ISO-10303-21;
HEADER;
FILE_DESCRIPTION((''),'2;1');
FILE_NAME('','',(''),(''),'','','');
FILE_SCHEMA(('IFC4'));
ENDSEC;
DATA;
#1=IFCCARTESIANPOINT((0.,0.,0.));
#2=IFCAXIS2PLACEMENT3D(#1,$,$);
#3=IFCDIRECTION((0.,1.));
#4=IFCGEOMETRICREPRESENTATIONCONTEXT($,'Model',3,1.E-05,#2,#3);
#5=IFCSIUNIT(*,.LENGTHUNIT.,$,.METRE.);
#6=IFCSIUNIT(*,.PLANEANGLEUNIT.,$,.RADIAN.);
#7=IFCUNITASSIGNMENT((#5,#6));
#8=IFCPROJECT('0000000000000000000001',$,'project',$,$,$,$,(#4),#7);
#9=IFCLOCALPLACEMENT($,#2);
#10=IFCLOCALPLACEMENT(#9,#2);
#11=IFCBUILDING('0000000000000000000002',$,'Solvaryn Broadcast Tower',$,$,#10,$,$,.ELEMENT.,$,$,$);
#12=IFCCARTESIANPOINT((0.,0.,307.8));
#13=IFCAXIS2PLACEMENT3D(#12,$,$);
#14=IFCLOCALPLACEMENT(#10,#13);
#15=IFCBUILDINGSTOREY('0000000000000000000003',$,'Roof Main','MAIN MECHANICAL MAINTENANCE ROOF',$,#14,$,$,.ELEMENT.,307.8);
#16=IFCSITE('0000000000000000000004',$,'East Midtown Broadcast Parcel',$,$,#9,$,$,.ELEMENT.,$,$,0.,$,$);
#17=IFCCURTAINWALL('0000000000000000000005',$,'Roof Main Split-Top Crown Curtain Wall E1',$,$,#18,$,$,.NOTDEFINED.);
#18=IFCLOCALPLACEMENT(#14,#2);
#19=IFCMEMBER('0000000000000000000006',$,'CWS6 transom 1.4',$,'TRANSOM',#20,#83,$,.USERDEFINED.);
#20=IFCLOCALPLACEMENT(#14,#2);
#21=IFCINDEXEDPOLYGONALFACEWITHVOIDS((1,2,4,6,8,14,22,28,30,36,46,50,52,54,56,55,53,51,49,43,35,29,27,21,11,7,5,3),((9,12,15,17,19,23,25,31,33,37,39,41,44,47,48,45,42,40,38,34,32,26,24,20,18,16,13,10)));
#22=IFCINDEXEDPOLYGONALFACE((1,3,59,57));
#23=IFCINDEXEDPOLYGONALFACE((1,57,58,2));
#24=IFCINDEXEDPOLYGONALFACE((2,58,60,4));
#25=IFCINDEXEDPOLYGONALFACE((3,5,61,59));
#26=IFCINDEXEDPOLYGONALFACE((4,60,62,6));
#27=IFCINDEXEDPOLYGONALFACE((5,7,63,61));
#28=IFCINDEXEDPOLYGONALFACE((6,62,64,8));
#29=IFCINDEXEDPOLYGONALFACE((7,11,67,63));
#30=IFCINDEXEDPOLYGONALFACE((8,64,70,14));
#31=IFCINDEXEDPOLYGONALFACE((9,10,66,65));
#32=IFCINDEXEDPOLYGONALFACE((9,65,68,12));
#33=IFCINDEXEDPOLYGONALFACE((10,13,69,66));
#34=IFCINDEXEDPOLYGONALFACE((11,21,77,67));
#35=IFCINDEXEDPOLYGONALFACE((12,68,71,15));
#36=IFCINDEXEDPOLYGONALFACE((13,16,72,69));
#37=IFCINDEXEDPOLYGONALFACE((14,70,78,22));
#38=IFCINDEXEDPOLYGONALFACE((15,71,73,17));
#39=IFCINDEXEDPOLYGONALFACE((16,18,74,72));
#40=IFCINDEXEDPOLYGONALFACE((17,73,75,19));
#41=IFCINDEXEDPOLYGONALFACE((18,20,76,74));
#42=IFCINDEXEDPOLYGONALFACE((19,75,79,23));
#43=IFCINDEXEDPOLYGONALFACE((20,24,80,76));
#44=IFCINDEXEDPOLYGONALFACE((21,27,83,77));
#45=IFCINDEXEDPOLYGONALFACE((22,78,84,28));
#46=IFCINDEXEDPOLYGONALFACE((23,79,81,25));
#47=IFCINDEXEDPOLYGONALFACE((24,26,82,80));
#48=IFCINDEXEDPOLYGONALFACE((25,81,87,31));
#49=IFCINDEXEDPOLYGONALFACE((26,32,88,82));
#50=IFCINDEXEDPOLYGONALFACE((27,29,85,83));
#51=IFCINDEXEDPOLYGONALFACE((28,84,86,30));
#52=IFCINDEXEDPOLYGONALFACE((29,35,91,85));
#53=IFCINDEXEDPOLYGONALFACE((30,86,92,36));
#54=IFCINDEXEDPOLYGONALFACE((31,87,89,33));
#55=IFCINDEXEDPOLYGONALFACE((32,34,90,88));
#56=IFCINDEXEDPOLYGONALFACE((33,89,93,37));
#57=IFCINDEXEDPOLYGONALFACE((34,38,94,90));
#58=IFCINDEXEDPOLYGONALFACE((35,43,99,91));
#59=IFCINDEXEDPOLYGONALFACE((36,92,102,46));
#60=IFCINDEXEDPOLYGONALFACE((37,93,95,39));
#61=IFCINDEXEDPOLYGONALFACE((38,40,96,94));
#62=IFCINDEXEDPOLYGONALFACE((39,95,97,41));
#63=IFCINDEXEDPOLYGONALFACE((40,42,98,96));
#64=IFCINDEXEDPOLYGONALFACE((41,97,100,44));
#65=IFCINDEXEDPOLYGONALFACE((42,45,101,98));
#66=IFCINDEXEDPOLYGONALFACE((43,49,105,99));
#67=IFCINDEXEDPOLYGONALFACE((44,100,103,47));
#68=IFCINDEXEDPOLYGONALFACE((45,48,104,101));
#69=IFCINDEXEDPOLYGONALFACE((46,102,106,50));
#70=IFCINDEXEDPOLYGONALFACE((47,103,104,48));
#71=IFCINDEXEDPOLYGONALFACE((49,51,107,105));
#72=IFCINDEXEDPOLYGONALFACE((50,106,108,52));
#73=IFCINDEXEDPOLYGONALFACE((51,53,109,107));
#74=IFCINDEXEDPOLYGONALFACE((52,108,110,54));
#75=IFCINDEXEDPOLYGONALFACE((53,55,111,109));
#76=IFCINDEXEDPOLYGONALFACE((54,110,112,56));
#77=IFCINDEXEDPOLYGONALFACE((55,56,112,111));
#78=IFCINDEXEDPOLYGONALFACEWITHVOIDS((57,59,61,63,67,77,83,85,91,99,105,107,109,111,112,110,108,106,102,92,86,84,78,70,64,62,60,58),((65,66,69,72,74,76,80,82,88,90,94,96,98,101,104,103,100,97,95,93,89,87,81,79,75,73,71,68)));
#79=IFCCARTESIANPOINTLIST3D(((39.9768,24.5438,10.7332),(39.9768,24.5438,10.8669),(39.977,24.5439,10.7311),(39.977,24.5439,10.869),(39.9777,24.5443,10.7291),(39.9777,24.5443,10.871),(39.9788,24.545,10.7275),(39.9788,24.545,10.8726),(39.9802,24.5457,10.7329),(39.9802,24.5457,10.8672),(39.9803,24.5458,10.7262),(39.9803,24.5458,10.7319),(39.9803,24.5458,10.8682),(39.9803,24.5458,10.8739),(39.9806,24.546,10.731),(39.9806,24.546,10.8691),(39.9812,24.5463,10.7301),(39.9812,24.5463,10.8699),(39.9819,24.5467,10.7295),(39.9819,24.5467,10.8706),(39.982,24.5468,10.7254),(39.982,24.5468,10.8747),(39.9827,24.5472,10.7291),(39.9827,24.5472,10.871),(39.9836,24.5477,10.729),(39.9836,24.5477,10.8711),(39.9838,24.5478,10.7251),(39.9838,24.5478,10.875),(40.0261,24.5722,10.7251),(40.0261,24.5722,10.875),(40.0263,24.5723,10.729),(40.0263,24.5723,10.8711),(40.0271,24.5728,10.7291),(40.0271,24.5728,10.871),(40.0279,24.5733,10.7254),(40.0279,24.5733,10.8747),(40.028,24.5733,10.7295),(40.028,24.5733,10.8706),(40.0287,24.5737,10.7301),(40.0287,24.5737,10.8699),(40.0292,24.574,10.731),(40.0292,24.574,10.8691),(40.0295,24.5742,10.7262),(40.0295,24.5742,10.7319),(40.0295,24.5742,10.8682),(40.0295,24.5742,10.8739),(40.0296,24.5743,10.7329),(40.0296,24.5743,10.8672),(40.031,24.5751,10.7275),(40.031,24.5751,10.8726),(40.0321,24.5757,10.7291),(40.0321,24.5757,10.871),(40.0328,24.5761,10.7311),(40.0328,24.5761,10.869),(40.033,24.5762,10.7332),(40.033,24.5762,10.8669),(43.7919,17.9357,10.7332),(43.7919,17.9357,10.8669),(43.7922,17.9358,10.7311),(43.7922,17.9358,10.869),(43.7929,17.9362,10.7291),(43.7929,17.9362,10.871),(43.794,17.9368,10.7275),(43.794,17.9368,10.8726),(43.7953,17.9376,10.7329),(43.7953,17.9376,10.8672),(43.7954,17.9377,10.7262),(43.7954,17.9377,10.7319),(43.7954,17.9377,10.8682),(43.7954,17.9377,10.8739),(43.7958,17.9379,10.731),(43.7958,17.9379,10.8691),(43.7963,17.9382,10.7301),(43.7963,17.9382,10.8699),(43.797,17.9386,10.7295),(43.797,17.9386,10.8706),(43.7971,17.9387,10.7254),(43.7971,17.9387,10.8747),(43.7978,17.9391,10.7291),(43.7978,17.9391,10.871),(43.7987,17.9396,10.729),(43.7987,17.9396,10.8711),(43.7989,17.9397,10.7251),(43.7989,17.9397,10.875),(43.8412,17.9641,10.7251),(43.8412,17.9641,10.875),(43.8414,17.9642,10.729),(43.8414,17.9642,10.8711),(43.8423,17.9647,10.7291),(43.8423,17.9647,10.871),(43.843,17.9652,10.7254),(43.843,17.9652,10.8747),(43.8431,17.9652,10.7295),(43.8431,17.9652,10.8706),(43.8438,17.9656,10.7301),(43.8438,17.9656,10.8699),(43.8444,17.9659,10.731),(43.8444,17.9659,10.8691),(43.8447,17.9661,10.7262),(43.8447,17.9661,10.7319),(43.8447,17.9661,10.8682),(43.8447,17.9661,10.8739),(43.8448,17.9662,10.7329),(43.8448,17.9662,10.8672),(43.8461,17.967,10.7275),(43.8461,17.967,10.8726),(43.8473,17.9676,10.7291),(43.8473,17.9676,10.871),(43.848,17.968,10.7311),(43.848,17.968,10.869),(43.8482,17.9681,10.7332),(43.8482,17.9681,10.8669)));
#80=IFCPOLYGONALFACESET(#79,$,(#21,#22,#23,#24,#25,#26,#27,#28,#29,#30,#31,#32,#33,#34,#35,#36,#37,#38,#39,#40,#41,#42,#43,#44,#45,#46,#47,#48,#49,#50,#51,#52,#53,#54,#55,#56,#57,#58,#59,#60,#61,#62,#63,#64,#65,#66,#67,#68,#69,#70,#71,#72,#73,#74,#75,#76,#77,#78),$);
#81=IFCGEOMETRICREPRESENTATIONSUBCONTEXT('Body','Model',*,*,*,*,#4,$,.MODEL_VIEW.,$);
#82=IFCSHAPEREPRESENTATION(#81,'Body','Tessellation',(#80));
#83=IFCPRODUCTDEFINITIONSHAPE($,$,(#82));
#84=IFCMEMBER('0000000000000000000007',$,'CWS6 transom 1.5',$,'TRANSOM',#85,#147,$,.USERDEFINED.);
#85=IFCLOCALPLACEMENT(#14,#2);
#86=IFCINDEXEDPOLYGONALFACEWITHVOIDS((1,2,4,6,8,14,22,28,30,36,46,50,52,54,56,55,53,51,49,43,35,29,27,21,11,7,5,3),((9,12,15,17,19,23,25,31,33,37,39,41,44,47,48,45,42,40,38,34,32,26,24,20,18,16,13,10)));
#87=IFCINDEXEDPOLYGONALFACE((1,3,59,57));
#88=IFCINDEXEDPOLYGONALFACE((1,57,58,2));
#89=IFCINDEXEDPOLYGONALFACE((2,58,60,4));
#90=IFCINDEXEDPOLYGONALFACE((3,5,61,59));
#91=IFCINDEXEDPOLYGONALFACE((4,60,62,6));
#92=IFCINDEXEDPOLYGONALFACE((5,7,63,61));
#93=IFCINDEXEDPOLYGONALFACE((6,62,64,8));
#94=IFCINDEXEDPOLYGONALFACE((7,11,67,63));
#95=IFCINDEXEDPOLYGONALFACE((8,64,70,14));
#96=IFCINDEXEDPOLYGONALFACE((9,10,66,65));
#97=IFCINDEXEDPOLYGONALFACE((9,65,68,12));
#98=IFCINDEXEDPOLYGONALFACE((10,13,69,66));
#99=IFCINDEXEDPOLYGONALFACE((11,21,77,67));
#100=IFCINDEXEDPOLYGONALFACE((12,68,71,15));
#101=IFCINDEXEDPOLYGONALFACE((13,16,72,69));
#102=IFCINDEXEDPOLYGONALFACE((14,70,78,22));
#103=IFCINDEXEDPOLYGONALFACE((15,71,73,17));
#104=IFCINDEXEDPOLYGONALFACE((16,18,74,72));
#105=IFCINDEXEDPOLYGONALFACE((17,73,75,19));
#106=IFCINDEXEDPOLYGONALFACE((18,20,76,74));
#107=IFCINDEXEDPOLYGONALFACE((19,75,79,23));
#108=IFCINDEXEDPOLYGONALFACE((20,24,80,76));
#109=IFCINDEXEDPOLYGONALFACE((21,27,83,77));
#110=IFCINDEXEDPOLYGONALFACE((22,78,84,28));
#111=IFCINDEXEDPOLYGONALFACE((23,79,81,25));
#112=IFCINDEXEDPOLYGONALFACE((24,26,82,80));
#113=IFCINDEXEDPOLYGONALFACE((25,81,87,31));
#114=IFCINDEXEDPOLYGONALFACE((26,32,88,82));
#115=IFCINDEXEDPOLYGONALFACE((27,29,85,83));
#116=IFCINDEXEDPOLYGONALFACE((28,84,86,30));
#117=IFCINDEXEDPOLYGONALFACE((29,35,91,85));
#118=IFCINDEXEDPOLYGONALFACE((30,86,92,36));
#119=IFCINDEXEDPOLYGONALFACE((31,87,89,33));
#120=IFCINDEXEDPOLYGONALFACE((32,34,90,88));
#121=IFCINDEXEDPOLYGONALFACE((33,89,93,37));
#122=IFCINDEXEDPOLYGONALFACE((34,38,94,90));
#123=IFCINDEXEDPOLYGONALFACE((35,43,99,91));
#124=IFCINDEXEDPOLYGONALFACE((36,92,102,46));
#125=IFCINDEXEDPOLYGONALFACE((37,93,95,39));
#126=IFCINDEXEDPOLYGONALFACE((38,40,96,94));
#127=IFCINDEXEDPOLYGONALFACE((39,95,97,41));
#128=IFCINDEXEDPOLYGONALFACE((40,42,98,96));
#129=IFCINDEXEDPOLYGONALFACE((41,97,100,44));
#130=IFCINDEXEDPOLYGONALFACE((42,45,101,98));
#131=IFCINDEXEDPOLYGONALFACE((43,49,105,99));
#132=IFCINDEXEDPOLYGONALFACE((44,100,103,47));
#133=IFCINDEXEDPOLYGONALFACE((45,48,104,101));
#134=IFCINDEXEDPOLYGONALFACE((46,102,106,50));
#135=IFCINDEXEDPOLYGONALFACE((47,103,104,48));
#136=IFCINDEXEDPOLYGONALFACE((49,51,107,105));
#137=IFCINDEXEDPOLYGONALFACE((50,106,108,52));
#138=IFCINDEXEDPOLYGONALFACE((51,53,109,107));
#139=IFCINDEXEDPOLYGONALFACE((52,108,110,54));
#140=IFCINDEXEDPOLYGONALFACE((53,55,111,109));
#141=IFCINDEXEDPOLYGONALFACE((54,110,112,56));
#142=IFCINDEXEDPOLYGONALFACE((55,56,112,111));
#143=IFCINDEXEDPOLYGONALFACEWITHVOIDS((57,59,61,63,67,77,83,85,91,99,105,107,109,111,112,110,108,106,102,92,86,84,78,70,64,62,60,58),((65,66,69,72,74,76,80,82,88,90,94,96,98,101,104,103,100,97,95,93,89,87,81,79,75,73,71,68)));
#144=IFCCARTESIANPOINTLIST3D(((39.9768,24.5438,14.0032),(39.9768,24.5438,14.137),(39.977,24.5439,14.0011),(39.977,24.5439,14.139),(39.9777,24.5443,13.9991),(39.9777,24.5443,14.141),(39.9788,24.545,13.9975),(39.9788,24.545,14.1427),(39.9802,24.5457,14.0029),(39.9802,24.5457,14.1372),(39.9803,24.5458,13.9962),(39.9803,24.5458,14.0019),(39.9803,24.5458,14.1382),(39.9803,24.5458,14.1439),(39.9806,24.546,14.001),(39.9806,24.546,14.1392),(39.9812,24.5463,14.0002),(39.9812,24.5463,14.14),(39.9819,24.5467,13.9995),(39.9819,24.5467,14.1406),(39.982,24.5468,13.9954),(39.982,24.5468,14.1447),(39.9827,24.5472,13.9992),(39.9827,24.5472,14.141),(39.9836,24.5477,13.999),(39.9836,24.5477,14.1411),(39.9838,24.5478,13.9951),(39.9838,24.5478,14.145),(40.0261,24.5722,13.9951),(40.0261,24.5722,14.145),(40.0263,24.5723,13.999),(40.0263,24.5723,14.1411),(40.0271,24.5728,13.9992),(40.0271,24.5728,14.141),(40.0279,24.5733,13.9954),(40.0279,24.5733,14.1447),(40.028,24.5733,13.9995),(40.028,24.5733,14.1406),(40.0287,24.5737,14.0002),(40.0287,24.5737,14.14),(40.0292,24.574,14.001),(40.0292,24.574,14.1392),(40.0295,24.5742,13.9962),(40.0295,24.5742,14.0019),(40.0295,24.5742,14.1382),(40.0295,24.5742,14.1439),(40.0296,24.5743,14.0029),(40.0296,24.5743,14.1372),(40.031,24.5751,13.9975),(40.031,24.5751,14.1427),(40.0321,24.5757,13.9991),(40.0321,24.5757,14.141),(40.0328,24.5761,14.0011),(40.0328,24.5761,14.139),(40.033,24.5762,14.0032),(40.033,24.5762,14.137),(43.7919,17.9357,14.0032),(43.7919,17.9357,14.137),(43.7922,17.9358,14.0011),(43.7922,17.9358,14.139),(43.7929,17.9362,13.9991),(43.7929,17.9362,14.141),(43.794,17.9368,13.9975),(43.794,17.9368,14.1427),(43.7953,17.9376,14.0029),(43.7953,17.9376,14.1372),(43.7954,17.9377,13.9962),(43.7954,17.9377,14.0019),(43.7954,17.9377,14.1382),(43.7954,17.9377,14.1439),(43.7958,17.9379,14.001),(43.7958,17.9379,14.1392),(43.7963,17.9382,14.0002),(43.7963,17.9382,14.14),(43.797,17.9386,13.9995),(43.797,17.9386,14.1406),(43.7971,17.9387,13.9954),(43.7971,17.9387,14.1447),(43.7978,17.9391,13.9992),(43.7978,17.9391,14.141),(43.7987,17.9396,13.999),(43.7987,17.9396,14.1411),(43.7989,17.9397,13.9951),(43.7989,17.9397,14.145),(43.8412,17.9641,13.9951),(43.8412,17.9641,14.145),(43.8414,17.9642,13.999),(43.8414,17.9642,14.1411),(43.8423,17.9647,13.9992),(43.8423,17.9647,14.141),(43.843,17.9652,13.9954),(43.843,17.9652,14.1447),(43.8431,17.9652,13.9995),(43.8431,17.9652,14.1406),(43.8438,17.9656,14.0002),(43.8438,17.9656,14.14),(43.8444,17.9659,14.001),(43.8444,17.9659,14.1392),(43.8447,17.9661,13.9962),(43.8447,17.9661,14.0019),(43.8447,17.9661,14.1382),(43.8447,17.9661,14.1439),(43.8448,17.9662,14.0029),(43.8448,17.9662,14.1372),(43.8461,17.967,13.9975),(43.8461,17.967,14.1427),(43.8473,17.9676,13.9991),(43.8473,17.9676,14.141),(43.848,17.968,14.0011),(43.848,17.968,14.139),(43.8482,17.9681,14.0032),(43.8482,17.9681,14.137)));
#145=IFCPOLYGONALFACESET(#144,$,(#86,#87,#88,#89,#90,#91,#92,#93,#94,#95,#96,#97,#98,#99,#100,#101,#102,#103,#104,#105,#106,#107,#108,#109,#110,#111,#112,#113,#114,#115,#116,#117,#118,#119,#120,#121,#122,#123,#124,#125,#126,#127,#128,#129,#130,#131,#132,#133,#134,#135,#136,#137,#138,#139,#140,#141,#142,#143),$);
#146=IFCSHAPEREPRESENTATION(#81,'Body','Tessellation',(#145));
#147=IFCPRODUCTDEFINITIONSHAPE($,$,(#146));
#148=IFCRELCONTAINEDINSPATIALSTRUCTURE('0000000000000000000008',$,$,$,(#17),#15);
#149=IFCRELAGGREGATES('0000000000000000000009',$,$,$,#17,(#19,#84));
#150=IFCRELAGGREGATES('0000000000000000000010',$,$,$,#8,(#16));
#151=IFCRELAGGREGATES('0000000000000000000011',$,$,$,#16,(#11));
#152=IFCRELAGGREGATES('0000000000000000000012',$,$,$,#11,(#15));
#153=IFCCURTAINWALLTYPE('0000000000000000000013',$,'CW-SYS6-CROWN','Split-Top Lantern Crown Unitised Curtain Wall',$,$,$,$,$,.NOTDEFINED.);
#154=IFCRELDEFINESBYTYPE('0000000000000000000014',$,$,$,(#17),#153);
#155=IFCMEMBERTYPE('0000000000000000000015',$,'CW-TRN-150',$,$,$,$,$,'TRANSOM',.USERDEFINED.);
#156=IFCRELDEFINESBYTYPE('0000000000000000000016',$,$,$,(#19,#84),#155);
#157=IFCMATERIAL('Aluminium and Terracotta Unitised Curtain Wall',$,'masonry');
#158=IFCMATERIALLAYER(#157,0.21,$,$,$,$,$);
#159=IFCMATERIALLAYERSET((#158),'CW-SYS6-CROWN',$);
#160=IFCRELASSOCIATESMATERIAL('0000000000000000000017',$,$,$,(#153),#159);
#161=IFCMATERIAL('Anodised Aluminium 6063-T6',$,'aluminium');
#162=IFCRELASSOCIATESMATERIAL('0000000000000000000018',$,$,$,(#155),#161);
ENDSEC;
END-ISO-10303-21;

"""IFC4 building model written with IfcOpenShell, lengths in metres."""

from ifc_helpers import new_model, si_unit, direction, frame, origin, origin_2d, place, context, subcontext, project, spatial, hollow_rectangle, extrude, material, layer, layer_set, material_profile, profile_set, type_object, element, aggregate, save


model = new_model("IFC4")

# Units and contexts
model_context = context("Model", 3, precision=1e-05, world=origin(), true_north=direction((0.0, 1.0)))
body_context = subcontext(model_context, "Body", "Model", "MODEL_VIEW")
ifc_project = project(units=[si_unit("LENGTHUNIT", "METRE"), si_unit("PLANEANGLEUNIT", "RADIAN")], contexts=[model_context])

# Site, building, storey
site_placement = place(None, origin())
site = spatial("IfcSite", under=ifc_project, at=site_placement, Name="East Midtown Broadcast Parcel", CompositionType="ELEMENT", RefElevation=0.0)
building_placement = place(site_placement, origin())
building = spatial("IfcBuilding", under=site, at=building_placement, Name="Solvaryn Broadcast Tower", CompositionType="ELEMENT")
storey_placement = place(building_placement, frame((0.0, 0.0, 307.8)))
storey = spatial("IfcBuildingStorey", under=building, at=storey_placement, Name="Roof Main", Description="MAIN MECHANICAL MAINTENANCE ROOF", CompositionType="ELEMENT", Elevation=307.8)

# Curtain wall
ifc_material_1 = material(Name="Aluminium and Terracotta Unitised Curtain Wall", Category="masonry")
ifc_layer_1 = layer(ifc_material_1, 0.21)
ifc_layer_set_1 = layer_set([ifc_layer_1], Name="CW-SYS6-CROWN")
curtain_wall_type = type_object("IfcCurtainWallType", Name="CW-SYS6-CROWN", Description="Split-Top Lantern Crown Unitised Curtain Wall", PredefinedType="NOTDEFINED", material=ifc_layer_set_1)
curtain_wall_1_placement = place(storey_placement, origin())
curtain_wall_1 = element("IfcCurtainWall", 1, at=curtain_wall_1_placement, inside=storey, type_object=curtain_wall_type, Name="Roof Main Split-Top Crown Curtain Wall E1", PredefinedType="NOTDEFINED")

# Members
ifc_material_2 = material(Name="Anodised Aluminium 6063-T6", Category="aluminium")
ifc_material_profile_1 = material_profile(ifc_material_2, hollow_rectangle(XDim=0.0649, YDim=0.1499, WallThickness=0.0039, InnerFilletRadius=0.0039, OuterFilletRadius=0.0081, at=origin_2d()))
ifc_profile_set_1 = profile_set([ifc_material_profile_1], Name="Anodised Aluminium 6063-T6")
member_type_1 = type_object("IfcMemberType", Name="CW-TRN-150", ElementType="TRANSOM", PredefinedType="USERDEFINED", material=ifc_profile_set_1)
member_1_placement = place(storey_placement, frame((43.8201, 17.9519, 10.8), z_axis=(-0.499997, 0.866027, 0.0), x_axis=(-0.866027, -0.499997, 0.0)))
member_1 = element("IfcMember", 2, at=member_1_placement, type_object=member_type_1, Name="CWS6 transom 1.4", ObjectType="TRANSOM", PredefinedType="USERDEFINED", context=body_context, shape_type="SweptSolid", body=[
    extrude(hollow_rectangle(XDim=0.0649, YDim=0.1499, WallThickness=0.0039, InnerFilletRadius=0.0039, OuterFilletRadius=0.0081, at=origin_2d()), origin(), (0.0, 0.0, 1.0), 7.6304),
])
member_2_placement = place(storey_placement, frame((43.8201, 17.9519, 14.0701), z_axis=(-0.499997, 0.866027, 0.0), x_axis=(-0.866027, -0.499997, 0.0)))
member_2 = element("IfcMember", 3, at=member_2_placement, type_object=member_type_1, Name="CWS6 transom 1.5", ObjectType="TRANSOM", PredefinedType="USERDEFINED", context=body_context, shape_type="SweptSolid", body=[
    extrude(hollow_rectangle(XDim=0.0649, YDim=0.1499, WallThickness=0.0039, InnerFilletRadius=0.0039, OuterFilletRadius=0.0081, at=origin_2d()), origin(), (0.0, 0.0, 1.0), 7.6304),
])

aggregate(curtain_wall_1, [member_1, member_2])

save(model, "model.ifc")
